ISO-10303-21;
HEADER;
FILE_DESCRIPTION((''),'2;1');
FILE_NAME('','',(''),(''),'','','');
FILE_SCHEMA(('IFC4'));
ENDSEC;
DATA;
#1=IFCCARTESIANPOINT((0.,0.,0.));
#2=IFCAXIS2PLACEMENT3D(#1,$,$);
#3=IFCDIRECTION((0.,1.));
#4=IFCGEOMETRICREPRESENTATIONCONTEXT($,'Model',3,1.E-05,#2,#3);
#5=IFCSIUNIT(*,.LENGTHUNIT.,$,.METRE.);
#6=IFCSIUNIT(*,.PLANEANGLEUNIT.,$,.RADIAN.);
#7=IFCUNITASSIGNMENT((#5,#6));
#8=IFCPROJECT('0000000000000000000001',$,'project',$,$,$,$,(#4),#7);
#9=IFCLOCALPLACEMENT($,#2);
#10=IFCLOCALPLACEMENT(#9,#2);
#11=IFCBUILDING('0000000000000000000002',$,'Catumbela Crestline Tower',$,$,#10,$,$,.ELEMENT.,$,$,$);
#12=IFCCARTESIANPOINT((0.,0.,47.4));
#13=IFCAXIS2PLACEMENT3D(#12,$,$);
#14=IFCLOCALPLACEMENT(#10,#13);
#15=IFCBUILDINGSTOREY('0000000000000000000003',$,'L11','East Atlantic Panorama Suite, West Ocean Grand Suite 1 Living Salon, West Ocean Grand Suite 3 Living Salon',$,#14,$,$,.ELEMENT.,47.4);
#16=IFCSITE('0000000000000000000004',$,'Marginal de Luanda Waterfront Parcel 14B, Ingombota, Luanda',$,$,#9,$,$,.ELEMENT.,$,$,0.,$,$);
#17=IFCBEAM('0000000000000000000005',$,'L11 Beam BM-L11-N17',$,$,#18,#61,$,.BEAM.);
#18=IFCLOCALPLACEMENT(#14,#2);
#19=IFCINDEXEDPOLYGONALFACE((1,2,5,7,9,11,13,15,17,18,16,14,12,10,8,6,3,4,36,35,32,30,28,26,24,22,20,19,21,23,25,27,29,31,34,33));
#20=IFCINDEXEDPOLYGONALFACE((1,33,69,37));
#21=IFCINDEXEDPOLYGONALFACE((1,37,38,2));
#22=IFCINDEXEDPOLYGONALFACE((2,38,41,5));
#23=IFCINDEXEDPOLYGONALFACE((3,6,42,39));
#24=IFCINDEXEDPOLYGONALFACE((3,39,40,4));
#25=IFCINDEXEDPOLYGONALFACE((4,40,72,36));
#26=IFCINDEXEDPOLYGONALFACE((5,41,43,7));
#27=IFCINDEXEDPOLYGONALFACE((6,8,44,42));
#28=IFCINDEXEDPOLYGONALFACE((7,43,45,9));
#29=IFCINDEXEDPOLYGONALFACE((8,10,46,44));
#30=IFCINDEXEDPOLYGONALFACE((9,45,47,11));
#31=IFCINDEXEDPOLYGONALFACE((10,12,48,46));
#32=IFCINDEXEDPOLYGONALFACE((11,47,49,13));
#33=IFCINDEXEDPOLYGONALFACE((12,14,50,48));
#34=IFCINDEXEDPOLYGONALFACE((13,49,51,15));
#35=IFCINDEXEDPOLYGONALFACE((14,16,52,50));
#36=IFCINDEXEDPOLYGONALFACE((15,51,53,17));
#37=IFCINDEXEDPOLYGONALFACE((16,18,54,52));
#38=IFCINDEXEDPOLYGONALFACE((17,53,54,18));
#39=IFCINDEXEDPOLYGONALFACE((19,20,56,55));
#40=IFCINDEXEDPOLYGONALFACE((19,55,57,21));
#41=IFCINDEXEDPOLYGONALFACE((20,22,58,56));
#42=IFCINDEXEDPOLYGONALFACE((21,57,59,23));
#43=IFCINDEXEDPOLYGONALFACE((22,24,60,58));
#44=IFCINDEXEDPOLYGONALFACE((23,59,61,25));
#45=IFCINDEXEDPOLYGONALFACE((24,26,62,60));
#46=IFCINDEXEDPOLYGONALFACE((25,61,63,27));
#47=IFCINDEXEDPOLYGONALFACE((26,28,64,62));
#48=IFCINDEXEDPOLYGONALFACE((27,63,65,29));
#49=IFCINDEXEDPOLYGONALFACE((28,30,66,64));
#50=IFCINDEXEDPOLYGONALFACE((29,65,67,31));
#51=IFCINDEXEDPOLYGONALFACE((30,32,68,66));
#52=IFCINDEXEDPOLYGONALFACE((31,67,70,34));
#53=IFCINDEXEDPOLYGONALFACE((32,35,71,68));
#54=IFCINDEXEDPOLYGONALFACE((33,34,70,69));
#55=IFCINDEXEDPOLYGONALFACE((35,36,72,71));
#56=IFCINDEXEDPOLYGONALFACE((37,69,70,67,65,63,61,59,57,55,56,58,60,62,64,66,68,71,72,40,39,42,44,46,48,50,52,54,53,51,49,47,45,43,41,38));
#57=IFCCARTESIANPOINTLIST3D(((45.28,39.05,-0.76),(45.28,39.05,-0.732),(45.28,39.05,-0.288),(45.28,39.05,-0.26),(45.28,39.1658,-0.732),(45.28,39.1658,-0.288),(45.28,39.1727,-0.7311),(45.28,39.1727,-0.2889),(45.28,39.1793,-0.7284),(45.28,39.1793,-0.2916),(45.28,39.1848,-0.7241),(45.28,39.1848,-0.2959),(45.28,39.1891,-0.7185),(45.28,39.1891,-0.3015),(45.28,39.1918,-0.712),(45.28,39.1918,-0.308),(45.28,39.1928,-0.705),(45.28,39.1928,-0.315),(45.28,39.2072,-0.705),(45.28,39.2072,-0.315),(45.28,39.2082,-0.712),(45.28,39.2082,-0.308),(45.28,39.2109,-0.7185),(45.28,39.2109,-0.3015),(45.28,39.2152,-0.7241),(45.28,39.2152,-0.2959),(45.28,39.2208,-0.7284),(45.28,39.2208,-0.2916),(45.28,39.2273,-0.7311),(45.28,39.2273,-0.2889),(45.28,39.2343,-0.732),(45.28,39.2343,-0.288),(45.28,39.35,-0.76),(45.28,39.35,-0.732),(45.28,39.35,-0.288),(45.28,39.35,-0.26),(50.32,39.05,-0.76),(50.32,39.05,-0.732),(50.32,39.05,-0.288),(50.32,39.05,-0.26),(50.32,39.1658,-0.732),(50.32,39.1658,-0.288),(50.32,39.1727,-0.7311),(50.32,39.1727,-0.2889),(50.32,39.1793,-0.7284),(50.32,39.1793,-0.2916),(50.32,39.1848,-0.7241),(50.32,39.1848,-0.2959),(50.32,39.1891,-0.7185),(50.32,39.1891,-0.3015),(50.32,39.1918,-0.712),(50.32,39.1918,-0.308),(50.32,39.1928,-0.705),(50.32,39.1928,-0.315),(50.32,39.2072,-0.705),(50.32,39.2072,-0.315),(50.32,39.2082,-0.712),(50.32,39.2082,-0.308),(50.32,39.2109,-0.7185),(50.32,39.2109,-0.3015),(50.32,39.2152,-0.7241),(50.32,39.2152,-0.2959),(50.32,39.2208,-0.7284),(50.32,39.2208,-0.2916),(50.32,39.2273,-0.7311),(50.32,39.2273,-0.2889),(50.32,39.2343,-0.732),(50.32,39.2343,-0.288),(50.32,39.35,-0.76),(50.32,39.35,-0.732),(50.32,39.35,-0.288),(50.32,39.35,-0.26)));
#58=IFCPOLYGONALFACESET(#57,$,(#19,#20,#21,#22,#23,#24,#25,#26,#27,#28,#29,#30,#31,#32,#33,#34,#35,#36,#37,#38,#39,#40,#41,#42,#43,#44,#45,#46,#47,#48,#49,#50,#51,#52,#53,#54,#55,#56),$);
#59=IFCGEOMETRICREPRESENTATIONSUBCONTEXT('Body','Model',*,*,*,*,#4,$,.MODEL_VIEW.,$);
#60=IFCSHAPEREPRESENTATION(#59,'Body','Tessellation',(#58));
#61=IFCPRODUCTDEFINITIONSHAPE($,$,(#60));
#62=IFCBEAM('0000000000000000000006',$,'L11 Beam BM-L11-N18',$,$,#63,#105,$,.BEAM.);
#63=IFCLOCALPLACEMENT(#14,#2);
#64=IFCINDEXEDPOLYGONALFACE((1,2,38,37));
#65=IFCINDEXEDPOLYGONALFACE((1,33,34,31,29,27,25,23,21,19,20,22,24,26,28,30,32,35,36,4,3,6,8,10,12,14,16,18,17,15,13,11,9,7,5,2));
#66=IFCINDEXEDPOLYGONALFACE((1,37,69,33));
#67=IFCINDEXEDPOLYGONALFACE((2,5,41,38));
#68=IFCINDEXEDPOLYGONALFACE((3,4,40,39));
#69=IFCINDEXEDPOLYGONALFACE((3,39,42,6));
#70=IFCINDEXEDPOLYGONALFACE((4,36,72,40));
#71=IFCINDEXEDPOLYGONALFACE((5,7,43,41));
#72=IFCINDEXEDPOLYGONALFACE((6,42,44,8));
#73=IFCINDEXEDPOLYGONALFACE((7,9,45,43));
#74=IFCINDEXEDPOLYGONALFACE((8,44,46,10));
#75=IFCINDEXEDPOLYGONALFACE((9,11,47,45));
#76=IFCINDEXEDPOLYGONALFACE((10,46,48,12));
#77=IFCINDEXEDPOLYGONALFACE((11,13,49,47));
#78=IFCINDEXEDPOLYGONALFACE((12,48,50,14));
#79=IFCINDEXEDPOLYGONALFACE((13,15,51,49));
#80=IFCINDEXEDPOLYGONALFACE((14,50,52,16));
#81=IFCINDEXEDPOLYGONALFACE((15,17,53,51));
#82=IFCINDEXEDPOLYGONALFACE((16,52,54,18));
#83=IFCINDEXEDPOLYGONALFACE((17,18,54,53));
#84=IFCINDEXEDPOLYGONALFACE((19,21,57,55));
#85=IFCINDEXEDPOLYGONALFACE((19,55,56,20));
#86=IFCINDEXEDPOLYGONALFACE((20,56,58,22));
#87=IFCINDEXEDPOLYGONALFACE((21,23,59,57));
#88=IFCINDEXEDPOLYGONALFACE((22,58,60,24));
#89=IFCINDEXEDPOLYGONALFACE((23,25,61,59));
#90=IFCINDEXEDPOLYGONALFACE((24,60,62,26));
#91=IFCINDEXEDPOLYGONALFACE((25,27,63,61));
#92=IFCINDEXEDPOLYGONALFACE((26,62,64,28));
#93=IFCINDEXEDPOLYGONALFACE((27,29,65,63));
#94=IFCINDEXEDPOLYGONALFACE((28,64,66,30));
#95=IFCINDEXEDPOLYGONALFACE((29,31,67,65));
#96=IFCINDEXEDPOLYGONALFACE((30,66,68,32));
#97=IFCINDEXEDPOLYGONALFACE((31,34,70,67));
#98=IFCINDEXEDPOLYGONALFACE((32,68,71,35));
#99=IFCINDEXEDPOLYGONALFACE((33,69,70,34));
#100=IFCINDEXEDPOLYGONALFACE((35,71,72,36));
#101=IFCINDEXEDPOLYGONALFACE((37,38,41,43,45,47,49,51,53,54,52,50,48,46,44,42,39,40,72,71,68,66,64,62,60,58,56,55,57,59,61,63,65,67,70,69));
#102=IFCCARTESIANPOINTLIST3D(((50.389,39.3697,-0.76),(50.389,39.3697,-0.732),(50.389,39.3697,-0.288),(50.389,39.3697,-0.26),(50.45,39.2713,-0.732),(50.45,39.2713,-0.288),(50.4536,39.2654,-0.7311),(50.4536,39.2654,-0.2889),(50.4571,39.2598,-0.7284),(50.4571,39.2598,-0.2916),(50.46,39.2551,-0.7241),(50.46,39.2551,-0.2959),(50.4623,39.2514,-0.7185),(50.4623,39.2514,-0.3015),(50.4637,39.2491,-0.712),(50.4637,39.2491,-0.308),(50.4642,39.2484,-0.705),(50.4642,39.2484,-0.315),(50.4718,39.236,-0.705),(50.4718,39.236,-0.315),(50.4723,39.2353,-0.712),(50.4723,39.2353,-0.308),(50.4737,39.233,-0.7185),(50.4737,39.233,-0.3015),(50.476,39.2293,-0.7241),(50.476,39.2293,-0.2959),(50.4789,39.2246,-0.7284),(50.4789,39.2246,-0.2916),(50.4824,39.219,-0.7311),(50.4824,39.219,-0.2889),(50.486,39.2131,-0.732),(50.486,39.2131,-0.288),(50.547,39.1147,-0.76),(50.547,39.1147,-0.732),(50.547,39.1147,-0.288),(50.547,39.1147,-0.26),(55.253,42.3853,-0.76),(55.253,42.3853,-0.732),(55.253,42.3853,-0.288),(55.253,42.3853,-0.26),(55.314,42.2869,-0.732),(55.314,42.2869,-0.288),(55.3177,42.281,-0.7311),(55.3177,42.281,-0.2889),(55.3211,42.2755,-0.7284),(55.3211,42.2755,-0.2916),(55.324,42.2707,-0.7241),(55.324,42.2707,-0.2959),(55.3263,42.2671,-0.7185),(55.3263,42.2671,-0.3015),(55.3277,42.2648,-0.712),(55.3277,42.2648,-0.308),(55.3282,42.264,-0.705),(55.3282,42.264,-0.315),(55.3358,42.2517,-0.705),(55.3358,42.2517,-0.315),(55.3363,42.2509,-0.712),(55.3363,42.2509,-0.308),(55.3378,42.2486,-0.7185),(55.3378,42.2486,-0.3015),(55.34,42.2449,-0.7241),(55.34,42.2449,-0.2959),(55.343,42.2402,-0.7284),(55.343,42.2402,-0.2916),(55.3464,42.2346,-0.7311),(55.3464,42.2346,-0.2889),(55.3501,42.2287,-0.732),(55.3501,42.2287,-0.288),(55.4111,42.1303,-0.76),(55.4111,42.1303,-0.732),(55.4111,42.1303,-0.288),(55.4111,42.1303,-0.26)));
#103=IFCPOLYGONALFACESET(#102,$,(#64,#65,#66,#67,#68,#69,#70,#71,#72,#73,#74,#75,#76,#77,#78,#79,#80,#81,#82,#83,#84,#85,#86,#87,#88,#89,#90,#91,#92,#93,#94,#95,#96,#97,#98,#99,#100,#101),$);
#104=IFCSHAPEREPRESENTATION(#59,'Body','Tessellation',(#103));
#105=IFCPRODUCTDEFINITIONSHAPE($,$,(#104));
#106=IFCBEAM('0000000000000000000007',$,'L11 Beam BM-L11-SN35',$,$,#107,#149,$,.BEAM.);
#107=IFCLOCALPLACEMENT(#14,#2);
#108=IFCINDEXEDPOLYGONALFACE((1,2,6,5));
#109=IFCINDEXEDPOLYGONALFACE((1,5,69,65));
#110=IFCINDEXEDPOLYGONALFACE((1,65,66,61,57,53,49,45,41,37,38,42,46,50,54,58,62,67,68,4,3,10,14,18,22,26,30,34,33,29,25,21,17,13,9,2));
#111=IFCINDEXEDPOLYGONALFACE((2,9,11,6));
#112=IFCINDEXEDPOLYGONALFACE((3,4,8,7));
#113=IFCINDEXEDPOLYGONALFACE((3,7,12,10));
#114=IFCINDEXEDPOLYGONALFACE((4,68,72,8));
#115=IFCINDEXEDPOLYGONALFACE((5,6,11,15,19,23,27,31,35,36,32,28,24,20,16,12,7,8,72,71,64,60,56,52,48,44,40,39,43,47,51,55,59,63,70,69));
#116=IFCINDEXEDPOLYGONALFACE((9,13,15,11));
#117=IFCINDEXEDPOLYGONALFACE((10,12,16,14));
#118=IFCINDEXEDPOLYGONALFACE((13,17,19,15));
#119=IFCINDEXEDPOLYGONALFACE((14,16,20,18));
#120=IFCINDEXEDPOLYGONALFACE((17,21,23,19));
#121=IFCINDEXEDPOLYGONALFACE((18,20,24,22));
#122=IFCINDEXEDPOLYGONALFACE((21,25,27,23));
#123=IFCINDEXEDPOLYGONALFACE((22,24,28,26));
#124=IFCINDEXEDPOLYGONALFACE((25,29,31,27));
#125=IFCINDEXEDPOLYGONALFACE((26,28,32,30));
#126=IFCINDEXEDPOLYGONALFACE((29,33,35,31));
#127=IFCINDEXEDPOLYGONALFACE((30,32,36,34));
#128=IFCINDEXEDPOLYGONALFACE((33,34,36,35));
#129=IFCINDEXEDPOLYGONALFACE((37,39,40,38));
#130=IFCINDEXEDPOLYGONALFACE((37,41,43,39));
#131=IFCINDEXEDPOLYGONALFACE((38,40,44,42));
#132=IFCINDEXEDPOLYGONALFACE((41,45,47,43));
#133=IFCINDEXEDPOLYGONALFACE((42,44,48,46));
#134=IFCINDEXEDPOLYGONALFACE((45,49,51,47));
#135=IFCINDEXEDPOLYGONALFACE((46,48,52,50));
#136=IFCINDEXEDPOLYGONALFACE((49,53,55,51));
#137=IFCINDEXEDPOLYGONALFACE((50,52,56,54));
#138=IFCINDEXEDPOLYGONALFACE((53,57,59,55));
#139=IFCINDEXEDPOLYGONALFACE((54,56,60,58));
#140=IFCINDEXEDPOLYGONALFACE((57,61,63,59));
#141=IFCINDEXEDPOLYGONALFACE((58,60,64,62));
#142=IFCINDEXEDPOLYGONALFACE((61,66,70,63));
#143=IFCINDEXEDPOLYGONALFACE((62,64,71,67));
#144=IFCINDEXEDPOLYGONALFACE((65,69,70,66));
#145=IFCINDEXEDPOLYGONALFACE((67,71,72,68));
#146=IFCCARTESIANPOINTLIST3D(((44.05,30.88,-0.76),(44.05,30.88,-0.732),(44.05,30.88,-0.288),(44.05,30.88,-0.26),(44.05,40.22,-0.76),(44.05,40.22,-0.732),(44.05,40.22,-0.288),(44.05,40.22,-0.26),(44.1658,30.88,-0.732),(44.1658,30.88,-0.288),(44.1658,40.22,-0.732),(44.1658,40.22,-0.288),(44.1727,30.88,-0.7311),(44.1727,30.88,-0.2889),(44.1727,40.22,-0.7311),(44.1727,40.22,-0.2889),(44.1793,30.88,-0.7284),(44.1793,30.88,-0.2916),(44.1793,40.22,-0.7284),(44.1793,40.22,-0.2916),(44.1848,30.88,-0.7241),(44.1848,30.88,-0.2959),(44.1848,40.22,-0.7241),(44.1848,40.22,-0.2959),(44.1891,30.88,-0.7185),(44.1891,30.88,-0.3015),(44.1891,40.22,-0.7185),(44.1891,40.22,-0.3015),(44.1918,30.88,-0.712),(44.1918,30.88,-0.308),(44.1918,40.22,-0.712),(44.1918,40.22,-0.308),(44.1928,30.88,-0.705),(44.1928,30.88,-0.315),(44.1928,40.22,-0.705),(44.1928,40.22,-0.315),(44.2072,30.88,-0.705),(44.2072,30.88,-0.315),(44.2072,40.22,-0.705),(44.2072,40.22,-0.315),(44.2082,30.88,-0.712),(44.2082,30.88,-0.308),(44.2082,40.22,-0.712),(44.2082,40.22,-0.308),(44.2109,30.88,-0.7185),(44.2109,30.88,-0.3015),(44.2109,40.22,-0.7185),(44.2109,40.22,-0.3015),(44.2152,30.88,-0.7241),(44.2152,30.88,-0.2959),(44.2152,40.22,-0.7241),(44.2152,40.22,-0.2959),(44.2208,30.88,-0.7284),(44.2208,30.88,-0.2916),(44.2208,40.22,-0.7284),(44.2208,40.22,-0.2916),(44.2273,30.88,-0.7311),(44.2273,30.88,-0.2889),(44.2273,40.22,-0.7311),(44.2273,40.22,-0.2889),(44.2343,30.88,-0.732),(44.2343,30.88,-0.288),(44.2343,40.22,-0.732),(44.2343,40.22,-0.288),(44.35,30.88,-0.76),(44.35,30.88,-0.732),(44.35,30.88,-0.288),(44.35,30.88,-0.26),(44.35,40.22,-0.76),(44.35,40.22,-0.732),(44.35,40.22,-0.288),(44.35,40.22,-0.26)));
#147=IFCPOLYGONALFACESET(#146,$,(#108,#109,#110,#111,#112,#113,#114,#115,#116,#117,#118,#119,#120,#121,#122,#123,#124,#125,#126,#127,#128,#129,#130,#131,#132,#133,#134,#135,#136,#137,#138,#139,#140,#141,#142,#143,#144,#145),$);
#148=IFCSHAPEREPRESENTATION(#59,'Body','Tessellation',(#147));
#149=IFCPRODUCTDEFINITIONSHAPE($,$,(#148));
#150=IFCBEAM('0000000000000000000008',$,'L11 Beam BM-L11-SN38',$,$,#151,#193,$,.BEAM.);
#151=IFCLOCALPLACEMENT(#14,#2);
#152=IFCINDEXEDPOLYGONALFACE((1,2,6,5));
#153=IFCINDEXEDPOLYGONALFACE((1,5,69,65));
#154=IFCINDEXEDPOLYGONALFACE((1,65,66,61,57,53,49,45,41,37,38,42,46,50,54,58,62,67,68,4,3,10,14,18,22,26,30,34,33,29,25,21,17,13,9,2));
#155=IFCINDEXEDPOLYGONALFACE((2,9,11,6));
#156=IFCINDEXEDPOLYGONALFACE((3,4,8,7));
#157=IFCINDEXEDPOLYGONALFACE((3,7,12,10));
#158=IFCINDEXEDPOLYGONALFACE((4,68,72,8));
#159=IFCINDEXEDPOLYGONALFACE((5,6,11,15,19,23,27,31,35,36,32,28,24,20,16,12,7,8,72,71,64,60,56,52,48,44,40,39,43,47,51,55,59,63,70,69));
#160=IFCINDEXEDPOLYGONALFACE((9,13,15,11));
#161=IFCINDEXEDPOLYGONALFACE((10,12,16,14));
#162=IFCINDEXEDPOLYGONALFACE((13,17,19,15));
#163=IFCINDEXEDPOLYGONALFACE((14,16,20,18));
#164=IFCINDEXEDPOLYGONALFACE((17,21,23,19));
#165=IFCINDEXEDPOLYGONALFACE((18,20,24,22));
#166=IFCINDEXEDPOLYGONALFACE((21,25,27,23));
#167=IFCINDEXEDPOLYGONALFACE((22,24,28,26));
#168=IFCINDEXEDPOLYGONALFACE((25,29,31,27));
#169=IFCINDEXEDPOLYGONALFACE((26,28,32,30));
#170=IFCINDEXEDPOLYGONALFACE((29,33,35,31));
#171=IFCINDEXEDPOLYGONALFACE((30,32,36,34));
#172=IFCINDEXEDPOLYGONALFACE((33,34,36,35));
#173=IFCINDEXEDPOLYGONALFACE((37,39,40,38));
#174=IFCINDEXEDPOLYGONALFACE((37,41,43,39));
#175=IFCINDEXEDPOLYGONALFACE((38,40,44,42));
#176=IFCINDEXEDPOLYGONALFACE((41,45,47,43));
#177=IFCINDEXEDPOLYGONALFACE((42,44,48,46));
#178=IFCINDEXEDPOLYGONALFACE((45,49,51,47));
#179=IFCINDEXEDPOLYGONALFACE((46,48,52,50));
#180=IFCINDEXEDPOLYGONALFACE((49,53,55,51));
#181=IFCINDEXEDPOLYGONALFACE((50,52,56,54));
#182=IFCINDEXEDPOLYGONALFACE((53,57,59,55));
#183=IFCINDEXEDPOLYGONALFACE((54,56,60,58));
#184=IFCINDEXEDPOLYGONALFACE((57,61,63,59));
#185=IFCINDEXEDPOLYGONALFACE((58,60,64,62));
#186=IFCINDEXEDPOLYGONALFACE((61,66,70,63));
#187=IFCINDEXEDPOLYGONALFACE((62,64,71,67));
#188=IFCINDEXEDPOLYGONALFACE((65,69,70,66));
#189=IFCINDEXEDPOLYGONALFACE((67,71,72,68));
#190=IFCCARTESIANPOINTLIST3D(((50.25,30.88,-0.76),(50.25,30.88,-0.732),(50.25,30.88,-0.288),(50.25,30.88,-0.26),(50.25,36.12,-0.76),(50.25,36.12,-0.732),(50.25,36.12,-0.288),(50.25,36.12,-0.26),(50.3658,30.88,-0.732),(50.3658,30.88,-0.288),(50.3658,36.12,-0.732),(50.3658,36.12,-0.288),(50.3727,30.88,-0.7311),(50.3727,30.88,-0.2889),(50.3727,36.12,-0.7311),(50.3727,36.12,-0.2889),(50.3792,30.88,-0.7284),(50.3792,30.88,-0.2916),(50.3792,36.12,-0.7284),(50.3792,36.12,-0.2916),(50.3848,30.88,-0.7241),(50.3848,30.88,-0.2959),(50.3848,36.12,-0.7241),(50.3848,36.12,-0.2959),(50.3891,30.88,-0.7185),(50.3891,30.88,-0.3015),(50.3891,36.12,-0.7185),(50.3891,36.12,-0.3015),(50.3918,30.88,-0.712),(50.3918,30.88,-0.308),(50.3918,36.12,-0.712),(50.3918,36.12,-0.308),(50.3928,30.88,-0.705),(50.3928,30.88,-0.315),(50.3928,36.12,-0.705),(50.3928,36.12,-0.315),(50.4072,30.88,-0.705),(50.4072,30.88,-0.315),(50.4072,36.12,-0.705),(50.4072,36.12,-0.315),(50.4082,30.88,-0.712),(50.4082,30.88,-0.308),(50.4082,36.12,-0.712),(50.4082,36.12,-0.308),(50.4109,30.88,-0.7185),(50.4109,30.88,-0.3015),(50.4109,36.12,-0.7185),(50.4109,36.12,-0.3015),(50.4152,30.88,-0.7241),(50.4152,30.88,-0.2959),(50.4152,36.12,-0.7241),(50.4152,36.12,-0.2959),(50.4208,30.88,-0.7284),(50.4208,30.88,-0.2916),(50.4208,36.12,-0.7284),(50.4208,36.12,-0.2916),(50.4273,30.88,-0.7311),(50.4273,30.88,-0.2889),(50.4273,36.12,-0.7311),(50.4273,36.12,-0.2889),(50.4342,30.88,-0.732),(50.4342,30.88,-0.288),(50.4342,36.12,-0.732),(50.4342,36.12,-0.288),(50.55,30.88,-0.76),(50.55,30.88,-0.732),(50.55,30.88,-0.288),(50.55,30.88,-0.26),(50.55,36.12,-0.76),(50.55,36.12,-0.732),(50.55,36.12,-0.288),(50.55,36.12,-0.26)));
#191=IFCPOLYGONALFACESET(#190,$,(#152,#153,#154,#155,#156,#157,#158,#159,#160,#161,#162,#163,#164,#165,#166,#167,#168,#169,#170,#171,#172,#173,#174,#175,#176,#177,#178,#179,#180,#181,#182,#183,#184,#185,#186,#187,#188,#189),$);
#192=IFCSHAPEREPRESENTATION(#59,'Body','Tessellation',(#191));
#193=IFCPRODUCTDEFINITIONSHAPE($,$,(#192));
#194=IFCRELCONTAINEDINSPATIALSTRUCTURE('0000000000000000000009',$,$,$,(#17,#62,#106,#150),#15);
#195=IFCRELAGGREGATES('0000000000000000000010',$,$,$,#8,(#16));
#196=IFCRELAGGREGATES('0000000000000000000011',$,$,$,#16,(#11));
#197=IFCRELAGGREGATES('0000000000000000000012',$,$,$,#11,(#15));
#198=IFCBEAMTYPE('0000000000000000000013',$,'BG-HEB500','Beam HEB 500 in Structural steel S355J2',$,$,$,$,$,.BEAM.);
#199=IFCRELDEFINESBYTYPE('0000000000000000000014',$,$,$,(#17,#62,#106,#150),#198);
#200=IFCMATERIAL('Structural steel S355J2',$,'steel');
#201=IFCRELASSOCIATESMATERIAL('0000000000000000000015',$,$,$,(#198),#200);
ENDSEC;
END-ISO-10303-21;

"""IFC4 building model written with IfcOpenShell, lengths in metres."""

from ifc_helpers import new_model, si_unit, direction, frame, origin, origin_2d, place, context, subcontext, project, spatial, i_section, extrude, material, material_profile, profile_set, type_object, element, save


model = new_model("IFC4")

# Units and contexts
model_context = context("Model", 3, precision=1e-05, world=origin(), true_north=direction((0.0, 1.0)))
body_context = subcontext(model_context, "Body", "Model", "MODEL_VIEW")
ifc_project = project(units=[si_unit("LENGTHUNIT", "METRE"), si_unit("PLANEANGLEUNIT", "RADIAN")], contexts=[model_context])

# Site, building, storey
site_placement = place(None, origin())
site = spatial("IfcSite", under=ifc_project, at=site_placement, Name="Marginal de Luanda Waterfront Parcel 14B, Ingombota, Luanda", CompositionType="ELEMENT", RefElevation=0.0)
building_placement = place(site_placement, origin())
building = spatial("IfcBuilding", under=site, at=building_placement, Name="Catumbela Crestline Tower", CompositionType="ELEMENT")
storey_placement = place(building_placement, frame((0.0, 0.0, 47.4)))
storey = spatial("IfcBuildingStorey", under=building, at=storey_placement, Name="L11", Description="East Atlantic Panorama Suite, West Ocean Grand Suite 1 Living Salon, West Ocean Grand Suite 3 Living Salon", CompositionType="ELEMENT", Elevation=47.4)

# Beams
ifc_material_1 = material(Name="Structural steel S355J2", Category="steel")
ifc_material_profile_1 = material_profile(ifc_material_1, i_section(OverallWidth=0.3, OverallDepth=0.5, WebThickness=0.0145, FlangeThickness=0.028, FilletRadius=0.027, at=origin_2d()), Name="HEB 500")
ifc_profile_set_1 = profile_set([ifc_material_profile_1], Name="Structural steel S355J2")
beam_type_1 = type_object("IfcBeamType", Name="BG-HEB500", Description="Beam HEB 500 in Structural steel S355J2", PredefinedType="BEAM", material=ifc_profile_set_1)
beam_1_placement = place(storey_placement, frame((45.28, 39.2, -0.51), z_axis=(1.0, 0.0, 0.0), x_axis=(0.0, 1.0, 0.0)))
element("IfcBeam", 1, at=beam_1_placement, inside=storey, type_object=beam_type_1, Name="L11 Beam BM-L11-N17", PredefinedType="BEAM", context=body_context, shape_type="SweptSolid", body=[
    extrude(i_section(OverallWidth=0.3, OverallDepth=0.5, WebThickness=0.0145, FlangeThickness=0.028, FilletRadius=0.027, at=origin_2d()), origin(), (0.0, 0.0, 1.0), 5.04),
])
beam_2_placement = place(storey_placement, frame((50.468, 39.2422, -0.51), z_axis=(0.849909, 0.52693, 0.0), x_axis=(-0.52693, 0.849909, 0.0)))
element("IfcBeam", 2, at=beam_2_placement, inside=storey, type_object=beam_type_1, Name="L11 Beam BM-L11-N18", PredefinedType="BEAM", context=body_context, shape_type="SweptSolid", body=[
    extrude(i_section(OverallWidth=0.3, OverallDepth=0.5, WebThickness=0.0145, FlangeThickness=0.028, FilletRadius=0.027, at=origin_2d()), origin(), (0.0, 0.0, 1.0), 5.723),
])
beam_3_placement = place(storey_placement, frame((44.2, 30.88, -0.51), z_axis=(0.0, 1.0, 0.0), x_axis=(-1.0, 0.0, 0.0)))
element("IfcBeam", 3, at=beam_3_placement, inside=storey, type_object=beam_type_1, Name="L11 Beam BM-L11-SN35", PredefinedType="BEAM", context=body_context, shape_type="SweptSolid", body=[
    extrude(i_section(OverallWidth=0.3, OverallDepth=0.5, WebThickness=0.0145, FlangeThickness=0.028, FilletRadius=0.027, at=origin_2d()), origin(), (0.0, 0.0, 1.0), 9.34),
])
beam_4_placement = place(storey_placement, frame((50.4, 30.88, -0.51), z_axis=(0.0, 1.0, 0.0), x_axis=(-1.0, 0.0, 0.0)))
element("IfcBeam", 4, at=beam_4_placement, inside=storey, type_object=beam_type_1, Name="L11 Beam BM-L11-SN38", PredefinedType="BEAM", context=body_context, shape_type="SweptSolid", body=[
    extrude(i_section(OverallWidth=0.3, OverallDepth=0.5, WebThickness=0.0145, FlangeThickness=0.028, FilletRadius=0.027, at=origin_2d()), origin(), (0.0, 0.0, 1.0), 5.24),
])

save(model, "model.ifc")
